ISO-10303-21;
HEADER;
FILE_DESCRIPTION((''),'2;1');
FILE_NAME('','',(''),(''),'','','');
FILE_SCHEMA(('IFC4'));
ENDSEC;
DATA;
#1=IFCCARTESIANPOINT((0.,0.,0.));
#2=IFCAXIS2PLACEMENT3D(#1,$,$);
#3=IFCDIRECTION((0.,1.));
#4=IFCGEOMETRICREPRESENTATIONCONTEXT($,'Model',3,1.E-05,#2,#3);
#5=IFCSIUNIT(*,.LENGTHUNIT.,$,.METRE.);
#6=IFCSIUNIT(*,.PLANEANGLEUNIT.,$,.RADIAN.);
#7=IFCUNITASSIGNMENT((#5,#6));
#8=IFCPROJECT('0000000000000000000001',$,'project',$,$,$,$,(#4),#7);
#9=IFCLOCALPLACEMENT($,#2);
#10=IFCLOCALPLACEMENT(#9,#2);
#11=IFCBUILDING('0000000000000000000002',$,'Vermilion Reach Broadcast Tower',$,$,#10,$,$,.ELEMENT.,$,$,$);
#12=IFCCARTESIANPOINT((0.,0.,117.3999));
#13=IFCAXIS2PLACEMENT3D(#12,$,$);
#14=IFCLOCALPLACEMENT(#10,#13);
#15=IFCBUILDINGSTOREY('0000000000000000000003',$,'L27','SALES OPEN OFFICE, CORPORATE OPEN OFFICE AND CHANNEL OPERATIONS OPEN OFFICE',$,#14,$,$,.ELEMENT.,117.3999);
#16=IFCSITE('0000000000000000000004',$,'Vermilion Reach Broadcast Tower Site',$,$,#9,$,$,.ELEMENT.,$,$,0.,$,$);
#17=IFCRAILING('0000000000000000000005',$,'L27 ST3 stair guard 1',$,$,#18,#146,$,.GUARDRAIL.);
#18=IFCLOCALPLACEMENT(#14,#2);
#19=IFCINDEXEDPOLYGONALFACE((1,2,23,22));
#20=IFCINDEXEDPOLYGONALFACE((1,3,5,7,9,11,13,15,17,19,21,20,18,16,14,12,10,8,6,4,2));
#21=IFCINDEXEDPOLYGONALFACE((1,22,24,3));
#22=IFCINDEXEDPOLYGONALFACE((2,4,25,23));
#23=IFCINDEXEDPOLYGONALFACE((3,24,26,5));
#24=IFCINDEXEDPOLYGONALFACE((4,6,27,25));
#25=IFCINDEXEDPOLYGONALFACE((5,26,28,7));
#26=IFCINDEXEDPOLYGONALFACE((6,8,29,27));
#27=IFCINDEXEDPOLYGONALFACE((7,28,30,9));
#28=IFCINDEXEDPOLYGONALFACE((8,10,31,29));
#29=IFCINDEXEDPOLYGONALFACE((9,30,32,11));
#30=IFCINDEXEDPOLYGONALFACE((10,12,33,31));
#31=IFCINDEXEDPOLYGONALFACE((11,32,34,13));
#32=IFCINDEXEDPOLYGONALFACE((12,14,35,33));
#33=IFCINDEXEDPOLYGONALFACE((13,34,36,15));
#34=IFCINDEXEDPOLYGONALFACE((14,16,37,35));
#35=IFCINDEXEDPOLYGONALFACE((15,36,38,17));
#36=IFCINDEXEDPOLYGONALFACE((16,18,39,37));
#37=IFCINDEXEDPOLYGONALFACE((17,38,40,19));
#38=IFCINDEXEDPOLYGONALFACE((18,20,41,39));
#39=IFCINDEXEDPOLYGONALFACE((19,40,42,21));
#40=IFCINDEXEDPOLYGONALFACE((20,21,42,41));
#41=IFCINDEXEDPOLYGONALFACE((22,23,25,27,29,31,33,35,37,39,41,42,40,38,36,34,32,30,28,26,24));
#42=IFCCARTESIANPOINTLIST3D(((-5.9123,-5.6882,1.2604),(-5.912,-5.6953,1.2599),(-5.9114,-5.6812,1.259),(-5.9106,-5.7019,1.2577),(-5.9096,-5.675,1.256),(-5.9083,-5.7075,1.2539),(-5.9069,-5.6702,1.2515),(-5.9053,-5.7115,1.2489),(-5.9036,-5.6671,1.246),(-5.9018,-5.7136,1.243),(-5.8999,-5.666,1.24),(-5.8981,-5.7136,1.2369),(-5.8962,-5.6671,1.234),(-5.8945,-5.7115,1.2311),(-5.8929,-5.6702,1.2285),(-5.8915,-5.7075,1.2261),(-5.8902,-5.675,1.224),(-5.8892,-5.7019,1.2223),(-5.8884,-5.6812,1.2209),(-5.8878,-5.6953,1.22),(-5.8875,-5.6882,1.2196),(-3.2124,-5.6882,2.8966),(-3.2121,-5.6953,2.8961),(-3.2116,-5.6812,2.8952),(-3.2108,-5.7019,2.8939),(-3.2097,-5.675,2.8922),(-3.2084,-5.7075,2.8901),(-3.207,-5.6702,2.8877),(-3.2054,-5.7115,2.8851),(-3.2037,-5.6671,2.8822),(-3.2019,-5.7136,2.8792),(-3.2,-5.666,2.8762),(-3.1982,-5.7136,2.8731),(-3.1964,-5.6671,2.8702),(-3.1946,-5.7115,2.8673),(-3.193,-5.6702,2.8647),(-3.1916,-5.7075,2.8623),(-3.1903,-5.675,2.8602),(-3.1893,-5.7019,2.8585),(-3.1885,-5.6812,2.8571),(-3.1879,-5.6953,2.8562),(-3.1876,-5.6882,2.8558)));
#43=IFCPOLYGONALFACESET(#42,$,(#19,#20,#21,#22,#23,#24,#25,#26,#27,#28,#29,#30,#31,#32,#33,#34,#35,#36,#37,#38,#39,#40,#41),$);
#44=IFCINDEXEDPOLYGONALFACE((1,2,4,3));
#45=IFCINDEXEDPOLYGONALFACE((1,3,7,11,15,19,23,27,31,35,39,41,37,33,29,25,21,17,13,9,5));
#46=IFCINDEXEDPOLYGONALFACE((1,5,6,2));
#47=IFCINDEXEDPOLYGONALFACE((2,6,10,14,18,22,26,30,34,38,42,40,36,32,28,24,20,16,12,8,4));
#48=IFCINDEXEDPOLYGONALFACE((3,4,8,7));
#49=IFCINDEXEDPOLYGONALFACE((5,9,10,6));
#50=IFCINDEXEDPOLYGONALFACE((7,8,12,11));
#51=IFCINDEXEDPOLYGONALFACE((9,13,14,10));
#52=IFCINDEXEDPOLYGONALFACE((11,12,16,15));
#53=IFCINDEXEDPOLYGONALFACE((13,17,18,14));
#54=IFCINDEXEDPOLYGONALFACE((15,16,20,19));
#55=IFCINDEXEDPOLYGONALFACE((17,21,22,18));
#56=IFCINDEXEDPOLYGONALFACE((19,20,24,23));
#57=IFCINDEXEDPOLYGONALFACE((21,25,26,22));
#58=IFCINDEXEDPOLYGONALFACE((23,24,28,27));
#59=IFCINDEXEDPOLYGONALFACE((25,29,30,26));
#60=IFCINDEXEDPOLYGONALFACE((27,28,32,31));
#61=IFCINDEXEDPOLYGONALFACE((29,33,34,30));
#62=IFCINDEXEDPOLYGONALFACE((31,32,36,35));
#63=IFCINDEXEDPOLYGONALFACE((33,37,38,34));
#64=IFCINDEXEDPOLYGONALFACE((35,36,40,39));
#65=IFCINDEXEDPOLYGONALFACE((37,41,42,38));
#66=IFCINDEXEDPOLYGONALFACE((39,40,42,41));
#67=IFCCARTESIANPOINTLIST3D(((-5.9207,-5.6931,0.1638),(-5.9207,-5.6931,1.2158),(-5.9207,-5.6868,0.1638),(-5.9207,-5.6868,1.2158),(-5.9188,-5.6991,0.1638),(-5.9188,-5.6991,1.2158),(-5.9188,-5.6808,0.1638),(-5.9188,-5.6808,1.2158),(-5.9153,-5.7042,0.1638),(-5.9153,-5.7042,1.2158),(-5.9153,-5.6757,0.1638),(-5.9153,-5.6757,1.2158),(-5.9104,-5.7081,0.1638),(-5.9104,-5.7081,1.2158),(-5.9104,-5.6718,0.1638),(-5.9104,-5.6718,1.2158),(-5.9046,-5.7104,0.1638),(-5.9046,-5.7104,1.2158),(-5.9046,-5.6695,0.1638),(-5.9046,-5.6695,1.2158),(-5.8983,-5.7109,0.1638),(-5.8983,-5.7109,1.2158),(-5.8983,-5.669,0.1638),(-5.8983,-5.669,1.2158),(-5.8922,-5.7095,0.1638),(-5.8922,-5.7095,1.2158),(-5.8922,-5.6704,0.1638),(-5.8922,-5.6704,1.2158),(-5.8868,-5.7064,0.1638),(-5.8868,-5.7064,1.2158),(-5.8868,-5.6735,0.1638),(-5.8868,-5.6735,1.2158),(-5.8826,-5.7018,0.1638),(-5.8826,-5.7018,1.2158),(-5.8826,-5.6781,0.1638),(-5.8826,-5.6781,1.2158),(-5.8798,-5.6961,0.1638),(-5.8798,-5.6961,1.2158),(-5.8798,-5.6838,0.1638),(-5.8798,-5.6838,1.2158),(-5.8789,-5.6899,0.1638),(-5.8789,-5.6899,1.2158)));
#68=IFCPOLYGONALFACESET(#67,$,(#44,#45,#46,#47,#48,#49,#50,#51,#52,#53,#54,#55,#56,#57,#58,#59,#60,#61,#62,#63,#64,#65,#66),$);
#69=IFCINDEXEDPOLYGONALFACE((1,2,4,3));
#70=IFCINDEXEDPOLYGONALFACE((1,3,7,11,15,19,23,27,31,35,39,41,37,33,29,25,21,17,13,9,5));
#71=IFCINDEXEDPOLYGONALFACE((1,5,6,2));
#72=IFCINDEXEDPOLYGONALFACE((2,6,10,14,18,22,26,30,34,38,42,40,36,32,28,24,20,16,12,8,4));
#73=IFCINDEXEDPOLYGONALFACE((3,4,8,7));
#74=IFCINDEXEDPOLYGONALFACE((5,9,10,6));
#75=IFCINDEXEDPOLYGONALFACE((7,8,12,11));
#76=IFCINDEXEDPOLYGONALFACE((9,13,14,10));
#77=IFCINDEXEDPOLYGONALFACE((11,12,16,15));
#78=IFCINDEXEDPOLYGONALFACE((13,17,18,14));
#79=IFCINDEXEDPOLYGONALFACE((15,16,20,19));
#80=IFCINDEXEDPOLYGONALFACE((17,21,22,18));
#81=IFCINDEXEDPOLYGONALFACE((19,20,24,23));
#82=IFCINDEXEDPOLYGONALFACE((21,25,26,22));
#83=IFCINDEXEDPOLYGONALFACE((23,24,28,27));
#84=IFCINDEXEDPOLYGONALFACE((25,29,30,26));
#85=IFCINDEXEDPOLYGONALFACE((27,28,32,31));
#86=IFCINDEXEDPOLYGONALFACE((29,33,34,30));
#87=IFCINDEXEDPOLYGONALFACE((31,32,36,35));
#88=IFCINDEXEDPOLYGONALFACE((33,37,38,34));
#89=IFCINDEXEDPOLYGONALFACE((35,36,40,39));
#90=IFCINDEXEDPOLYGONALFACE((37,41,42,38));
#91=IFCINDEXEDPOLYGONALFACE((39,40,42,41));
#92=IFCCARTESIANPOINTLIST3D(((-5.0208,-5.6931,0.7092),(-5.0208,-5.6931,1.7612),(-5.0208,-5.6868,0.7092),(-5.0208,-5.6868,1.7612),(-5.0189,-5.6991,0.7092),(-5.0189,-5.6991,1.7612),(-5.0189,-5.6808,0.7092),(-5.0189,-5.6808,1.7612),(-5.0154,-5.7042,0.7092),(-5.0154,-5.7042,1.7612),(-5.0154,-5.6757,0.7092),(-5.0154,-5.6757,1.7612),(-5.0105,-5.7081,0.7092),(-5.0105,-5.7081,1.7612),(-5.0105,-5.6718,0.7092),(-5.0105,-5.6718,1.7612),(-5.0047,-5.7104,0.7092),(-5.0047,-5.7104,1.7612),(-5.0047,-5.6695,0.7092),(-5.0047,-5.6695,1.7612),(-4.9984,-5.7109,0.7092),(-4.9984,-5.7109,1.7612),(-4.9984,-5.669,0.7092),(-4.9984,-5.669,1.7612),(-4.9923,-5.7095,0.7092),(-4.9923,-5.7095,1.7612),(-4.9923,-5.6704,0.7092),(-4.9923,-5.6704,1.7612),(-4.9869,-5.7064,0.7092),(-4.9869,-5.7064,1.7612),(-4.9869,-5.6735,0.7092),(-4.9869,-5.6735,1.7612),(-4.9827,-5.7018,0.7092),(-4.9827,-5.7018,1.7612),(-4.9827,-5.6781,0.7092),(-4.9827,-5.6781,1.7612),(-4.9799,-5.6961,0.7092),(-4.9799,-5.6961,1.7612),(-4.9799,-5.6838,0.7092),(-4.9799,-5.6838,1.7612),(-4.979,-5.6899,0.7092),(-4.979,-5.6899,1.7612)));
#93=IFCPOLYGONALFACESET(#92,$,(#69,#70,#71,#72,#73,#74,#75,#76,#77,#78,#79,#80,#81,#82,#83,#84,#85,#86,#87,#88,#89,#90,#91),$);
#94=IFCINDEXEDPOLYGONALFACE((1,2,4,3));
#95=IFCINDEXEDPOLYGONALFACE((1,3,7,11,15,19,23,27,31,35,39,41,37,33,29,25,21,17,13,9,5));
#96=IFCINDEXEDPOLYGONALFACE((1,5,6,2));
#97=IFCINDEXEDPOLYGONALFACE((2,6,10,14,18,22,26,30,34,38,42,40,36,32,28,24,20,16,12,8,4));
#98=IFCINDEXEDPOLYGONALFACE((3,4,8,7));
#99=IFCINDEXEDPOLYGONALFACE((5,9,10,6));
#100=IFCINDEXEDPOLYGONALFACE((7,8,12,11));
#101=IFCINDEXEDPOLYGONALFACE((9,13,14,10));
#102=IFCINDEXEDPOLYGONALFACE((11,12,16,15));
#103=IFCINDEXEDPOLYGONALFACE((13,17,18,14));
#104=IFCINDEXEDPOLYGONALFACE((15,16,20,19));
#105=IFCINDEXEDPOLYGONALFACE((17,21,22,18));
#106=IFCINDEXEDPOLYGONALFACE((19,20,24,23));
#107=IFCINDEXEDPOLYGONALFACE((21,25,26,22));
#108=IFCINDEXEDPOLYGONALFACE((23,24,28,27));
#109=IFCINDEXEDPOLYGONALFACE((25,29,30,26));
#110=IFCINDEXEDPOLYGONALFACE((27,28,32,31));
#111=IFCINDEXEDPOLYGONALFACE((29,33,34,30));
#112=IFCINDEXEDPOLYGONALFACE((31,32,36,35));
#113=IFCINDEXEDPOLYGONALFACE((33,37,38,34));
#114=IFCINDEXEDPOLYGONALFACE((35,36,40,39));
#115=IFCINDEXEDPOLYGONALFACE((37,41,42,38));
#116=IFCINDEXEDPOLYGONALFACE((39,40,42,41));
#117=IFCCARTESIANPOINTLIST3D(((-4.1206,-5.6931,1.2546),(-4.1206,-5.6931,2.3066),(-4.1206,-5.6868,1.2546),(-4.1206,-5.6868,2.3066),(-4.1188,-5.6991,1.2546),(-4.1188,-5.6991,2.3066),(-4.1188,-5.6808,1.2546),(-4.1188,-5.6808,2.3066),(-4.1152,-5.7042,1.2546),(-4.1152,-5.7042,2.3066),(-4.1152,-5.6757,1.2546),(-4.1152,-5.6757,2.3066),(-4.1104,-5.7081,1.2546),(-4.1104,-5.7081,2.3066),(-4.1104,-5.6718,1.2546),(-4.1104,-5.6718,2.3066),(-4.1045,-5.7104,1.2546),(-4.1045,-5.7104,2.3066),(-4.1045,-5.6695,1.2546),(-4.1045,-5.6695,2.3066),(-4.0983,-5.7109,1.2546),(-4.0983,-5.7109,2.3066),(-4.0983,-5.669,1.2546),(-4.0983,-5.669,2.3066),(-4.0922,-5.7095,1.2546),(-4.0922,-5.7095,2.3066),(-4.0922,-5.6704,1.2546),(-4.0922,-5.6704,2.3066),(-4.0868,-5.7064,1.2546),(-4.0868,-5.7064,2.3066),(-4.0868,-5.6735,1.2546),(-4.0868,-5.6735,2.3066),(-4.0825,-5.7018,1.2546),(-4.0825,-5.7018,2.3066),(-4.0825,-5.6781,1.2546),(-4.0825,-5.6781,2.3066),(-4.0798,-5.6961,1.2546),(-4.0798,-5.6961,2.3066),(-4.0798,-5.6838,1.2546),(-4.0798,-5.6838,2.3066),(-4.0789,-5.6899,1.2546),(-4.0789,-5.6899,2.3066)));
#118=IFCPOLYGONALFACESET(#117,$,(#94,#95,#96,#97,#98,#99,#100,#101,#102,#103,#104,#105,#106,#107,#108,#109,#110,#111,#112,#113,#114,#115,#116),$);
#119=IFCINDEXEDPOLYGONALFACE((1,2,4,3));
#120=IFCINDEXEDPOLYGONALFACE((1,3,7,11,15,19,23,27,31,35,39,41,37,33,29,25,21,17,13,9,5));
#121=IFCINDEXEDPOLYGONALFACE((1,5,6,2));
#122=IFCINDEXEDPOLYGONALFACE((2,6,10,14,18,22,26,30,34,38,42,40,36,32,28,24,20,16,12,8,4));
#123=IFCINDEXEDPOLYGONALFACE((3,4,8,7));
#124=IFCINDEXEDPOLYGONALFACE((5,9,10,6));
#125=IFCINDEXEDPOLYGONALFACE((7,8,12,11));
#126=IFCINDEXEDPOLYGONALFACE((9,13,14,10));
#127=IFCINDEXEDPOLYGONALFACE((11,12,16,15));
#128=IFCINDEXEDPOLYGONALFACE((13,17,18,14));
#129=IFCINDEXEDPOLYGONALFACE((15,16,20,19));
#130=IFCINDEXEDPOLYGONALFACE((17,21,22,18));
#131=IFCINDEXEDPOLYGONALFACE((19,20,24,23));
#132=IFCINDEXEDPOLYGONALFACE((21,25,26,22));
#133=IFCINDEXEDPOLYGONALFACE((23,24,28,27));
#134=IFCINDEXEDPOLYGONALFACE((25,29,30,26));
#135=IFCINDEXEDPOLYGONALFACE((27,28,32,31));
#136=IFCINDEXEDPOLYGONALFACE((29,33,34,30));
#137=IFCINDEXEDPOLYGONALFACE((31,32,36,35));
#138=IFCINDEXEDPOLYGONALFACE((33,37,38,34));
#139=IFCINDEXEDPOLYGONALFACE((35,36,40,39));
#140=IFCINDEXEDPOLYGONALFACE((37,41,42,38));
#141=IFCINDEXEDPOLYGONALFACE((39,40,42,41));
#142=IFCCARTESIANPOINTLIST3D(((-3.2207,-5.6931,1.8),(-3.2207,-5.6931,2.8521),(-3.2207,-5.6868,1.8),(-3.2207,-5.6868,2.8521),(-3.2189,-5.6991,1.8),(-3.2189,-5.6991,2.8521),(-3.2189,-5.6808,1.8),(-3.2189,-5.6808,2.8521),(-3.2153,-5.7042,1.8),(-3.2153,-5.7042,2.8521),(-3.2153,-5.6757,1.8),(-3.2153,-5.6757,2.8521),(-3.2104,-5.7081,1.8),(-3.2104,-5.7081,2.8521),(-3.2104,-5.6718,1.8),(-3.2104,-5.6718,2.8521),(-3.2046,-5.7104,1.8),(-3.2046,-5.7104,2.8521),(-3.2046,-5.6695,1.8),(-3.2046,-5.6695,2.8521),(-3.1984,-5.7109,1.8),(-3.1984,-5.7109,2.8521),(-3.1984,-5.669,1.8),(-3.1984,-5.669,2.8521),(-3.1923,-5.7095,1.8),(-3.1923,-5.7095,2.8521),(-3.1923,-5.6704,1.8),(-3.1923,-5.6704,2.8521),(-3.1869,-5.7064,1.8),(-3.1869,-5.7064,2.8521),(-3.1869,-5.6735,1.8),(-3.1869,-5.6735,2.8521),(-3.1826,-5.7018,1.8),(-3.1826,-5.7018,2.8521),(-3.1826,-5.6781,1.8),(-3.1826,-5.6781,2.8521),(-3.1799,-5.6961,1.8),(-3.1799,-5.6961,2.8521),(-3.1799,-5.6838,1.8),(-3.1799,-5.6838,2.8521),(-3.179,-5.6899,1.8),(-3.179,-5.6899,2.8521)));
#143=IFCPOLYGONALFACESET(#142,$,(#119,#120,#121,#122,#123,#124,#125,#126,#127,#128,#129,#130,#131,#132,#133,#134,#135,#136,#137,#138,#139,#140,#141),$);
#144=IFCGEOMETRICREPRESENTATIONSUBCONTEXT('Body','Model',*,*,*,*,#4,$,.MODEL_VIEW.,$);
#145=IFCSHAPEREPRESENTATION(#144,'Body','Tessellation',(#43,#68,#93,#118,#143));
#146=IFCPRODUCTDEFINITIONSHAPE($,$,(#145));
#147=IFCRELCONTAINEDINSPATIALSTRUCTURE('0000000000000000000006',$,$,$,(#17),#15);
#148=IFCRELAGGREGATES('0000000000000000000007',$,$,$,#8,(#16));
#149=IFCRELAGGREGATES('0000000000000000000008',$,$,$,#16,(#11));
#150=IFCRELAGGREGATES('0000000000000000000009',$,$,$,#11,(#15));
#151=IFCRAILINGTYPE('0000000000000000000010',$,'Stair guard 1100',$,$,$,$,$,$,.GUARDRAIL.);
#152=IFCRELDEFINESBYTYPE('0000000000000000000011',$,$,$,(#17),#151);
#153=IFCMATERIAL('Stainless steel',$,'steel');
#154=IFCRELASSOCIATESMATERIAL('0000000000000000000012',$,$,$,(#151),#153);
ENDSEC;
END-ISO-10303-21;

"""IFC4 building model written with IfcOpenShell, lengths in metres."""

from ifc_helpers import new_model, si_unit, direction, frame, origin, origin_2d, place, context, subcontext, project, spatial, circle, extrude, material, type_object, element, save


model = new_model("IFC4")

# Units and contexts
model_context = context("Model", 3, precision=1e-05, world=origin(), true_north=direction((0.0, 1.0)))
body_context = subcontext(model_context, "Body", "Model", "MODEL_VIEW")
ifc_project = project(units=[si_unit("LENGTHUNIT", "METRE"), si_unit("PLANEANGLEUNIT", "RADIAN")], contexts=[model_context])

# Site, building, storey
site_placement = place(None, origin())
site = spatial("IfcSite", under=ifc_project, at=site_placement, Name="Vermilion Reach Broadcast Tower Site", CompositionType="ELEMENT", RefElevation=0.0)
building_placement = place(site_placement, origin())
building = spatial("IfcBuilding", under=site, at=building_placement, Name="Vermilion Reach Broadcast Tower", CompositionType="ELEMENT")
storey_placement = place(building_placement, frame((0.0, 0.0, 117.3999)))
storey = spatial("IfcBuildingStorey", under=building, at=storey_placement, Name="L27", Description="SALES OPEN OFFICE, CORPORATE OPEN OFFICE AND CHANNEL OPERATIONS OPEN OFFICE", CompositionType="ELEMENT", Elevation=117.3999)

# Railing
ifc_material_1 = material(Name="Stainless steel", Category="steel")
railing_type_1 = type_object("IfcRailingType", Name="Stair guard 1100", PredefinedType="GUARDRAIL", material=ifc_material_1)
railing_1_placement = place(storey_placement, frame((-5.8999, -5.6899, 0.1638)))
element("IfcRailing", 1, at=railing_1_placement, inside=storey, type_object=railing_type_1, Name="L27 ST3 stair guard 1", PredefinedType="GUARDRAIL", context=body_context, shape_type="SweptSolid", body=[
    extrude(circle(Radius=0.0239, at=origin_2d()), frame((0.0, 0.0, 1.0762), z_axis=(0.855212, 0.0, 0.518278), x_axis=(0.0, 1.0, 0.0)), (0.0, 0.0, 1.0), 3.157),
    extrude(circle(Radius=0.021, at=origin_2d()), origin(), (0.0, 0.0, 1.0), 1.052),
    extrude(circle(Radius=0.021, at=origin_2d()), frame((0.8999, 0.0, 0.5454)), (0.0, 0.0, 1.0), 1.052),
    extrude(circle(Radius=0.021, at=origin_2d()), frame((1.8, 0.0, 1.0908)), (0.0, 0.0, 1.0), 1.052),
    extrude(circle(Radius=0.021, at=origin_2d()), frame((2.7, 0.0, 1.6362)), (0.0, 0.0, 1.0), 1.052),
])

save(model, "model.ifc")
